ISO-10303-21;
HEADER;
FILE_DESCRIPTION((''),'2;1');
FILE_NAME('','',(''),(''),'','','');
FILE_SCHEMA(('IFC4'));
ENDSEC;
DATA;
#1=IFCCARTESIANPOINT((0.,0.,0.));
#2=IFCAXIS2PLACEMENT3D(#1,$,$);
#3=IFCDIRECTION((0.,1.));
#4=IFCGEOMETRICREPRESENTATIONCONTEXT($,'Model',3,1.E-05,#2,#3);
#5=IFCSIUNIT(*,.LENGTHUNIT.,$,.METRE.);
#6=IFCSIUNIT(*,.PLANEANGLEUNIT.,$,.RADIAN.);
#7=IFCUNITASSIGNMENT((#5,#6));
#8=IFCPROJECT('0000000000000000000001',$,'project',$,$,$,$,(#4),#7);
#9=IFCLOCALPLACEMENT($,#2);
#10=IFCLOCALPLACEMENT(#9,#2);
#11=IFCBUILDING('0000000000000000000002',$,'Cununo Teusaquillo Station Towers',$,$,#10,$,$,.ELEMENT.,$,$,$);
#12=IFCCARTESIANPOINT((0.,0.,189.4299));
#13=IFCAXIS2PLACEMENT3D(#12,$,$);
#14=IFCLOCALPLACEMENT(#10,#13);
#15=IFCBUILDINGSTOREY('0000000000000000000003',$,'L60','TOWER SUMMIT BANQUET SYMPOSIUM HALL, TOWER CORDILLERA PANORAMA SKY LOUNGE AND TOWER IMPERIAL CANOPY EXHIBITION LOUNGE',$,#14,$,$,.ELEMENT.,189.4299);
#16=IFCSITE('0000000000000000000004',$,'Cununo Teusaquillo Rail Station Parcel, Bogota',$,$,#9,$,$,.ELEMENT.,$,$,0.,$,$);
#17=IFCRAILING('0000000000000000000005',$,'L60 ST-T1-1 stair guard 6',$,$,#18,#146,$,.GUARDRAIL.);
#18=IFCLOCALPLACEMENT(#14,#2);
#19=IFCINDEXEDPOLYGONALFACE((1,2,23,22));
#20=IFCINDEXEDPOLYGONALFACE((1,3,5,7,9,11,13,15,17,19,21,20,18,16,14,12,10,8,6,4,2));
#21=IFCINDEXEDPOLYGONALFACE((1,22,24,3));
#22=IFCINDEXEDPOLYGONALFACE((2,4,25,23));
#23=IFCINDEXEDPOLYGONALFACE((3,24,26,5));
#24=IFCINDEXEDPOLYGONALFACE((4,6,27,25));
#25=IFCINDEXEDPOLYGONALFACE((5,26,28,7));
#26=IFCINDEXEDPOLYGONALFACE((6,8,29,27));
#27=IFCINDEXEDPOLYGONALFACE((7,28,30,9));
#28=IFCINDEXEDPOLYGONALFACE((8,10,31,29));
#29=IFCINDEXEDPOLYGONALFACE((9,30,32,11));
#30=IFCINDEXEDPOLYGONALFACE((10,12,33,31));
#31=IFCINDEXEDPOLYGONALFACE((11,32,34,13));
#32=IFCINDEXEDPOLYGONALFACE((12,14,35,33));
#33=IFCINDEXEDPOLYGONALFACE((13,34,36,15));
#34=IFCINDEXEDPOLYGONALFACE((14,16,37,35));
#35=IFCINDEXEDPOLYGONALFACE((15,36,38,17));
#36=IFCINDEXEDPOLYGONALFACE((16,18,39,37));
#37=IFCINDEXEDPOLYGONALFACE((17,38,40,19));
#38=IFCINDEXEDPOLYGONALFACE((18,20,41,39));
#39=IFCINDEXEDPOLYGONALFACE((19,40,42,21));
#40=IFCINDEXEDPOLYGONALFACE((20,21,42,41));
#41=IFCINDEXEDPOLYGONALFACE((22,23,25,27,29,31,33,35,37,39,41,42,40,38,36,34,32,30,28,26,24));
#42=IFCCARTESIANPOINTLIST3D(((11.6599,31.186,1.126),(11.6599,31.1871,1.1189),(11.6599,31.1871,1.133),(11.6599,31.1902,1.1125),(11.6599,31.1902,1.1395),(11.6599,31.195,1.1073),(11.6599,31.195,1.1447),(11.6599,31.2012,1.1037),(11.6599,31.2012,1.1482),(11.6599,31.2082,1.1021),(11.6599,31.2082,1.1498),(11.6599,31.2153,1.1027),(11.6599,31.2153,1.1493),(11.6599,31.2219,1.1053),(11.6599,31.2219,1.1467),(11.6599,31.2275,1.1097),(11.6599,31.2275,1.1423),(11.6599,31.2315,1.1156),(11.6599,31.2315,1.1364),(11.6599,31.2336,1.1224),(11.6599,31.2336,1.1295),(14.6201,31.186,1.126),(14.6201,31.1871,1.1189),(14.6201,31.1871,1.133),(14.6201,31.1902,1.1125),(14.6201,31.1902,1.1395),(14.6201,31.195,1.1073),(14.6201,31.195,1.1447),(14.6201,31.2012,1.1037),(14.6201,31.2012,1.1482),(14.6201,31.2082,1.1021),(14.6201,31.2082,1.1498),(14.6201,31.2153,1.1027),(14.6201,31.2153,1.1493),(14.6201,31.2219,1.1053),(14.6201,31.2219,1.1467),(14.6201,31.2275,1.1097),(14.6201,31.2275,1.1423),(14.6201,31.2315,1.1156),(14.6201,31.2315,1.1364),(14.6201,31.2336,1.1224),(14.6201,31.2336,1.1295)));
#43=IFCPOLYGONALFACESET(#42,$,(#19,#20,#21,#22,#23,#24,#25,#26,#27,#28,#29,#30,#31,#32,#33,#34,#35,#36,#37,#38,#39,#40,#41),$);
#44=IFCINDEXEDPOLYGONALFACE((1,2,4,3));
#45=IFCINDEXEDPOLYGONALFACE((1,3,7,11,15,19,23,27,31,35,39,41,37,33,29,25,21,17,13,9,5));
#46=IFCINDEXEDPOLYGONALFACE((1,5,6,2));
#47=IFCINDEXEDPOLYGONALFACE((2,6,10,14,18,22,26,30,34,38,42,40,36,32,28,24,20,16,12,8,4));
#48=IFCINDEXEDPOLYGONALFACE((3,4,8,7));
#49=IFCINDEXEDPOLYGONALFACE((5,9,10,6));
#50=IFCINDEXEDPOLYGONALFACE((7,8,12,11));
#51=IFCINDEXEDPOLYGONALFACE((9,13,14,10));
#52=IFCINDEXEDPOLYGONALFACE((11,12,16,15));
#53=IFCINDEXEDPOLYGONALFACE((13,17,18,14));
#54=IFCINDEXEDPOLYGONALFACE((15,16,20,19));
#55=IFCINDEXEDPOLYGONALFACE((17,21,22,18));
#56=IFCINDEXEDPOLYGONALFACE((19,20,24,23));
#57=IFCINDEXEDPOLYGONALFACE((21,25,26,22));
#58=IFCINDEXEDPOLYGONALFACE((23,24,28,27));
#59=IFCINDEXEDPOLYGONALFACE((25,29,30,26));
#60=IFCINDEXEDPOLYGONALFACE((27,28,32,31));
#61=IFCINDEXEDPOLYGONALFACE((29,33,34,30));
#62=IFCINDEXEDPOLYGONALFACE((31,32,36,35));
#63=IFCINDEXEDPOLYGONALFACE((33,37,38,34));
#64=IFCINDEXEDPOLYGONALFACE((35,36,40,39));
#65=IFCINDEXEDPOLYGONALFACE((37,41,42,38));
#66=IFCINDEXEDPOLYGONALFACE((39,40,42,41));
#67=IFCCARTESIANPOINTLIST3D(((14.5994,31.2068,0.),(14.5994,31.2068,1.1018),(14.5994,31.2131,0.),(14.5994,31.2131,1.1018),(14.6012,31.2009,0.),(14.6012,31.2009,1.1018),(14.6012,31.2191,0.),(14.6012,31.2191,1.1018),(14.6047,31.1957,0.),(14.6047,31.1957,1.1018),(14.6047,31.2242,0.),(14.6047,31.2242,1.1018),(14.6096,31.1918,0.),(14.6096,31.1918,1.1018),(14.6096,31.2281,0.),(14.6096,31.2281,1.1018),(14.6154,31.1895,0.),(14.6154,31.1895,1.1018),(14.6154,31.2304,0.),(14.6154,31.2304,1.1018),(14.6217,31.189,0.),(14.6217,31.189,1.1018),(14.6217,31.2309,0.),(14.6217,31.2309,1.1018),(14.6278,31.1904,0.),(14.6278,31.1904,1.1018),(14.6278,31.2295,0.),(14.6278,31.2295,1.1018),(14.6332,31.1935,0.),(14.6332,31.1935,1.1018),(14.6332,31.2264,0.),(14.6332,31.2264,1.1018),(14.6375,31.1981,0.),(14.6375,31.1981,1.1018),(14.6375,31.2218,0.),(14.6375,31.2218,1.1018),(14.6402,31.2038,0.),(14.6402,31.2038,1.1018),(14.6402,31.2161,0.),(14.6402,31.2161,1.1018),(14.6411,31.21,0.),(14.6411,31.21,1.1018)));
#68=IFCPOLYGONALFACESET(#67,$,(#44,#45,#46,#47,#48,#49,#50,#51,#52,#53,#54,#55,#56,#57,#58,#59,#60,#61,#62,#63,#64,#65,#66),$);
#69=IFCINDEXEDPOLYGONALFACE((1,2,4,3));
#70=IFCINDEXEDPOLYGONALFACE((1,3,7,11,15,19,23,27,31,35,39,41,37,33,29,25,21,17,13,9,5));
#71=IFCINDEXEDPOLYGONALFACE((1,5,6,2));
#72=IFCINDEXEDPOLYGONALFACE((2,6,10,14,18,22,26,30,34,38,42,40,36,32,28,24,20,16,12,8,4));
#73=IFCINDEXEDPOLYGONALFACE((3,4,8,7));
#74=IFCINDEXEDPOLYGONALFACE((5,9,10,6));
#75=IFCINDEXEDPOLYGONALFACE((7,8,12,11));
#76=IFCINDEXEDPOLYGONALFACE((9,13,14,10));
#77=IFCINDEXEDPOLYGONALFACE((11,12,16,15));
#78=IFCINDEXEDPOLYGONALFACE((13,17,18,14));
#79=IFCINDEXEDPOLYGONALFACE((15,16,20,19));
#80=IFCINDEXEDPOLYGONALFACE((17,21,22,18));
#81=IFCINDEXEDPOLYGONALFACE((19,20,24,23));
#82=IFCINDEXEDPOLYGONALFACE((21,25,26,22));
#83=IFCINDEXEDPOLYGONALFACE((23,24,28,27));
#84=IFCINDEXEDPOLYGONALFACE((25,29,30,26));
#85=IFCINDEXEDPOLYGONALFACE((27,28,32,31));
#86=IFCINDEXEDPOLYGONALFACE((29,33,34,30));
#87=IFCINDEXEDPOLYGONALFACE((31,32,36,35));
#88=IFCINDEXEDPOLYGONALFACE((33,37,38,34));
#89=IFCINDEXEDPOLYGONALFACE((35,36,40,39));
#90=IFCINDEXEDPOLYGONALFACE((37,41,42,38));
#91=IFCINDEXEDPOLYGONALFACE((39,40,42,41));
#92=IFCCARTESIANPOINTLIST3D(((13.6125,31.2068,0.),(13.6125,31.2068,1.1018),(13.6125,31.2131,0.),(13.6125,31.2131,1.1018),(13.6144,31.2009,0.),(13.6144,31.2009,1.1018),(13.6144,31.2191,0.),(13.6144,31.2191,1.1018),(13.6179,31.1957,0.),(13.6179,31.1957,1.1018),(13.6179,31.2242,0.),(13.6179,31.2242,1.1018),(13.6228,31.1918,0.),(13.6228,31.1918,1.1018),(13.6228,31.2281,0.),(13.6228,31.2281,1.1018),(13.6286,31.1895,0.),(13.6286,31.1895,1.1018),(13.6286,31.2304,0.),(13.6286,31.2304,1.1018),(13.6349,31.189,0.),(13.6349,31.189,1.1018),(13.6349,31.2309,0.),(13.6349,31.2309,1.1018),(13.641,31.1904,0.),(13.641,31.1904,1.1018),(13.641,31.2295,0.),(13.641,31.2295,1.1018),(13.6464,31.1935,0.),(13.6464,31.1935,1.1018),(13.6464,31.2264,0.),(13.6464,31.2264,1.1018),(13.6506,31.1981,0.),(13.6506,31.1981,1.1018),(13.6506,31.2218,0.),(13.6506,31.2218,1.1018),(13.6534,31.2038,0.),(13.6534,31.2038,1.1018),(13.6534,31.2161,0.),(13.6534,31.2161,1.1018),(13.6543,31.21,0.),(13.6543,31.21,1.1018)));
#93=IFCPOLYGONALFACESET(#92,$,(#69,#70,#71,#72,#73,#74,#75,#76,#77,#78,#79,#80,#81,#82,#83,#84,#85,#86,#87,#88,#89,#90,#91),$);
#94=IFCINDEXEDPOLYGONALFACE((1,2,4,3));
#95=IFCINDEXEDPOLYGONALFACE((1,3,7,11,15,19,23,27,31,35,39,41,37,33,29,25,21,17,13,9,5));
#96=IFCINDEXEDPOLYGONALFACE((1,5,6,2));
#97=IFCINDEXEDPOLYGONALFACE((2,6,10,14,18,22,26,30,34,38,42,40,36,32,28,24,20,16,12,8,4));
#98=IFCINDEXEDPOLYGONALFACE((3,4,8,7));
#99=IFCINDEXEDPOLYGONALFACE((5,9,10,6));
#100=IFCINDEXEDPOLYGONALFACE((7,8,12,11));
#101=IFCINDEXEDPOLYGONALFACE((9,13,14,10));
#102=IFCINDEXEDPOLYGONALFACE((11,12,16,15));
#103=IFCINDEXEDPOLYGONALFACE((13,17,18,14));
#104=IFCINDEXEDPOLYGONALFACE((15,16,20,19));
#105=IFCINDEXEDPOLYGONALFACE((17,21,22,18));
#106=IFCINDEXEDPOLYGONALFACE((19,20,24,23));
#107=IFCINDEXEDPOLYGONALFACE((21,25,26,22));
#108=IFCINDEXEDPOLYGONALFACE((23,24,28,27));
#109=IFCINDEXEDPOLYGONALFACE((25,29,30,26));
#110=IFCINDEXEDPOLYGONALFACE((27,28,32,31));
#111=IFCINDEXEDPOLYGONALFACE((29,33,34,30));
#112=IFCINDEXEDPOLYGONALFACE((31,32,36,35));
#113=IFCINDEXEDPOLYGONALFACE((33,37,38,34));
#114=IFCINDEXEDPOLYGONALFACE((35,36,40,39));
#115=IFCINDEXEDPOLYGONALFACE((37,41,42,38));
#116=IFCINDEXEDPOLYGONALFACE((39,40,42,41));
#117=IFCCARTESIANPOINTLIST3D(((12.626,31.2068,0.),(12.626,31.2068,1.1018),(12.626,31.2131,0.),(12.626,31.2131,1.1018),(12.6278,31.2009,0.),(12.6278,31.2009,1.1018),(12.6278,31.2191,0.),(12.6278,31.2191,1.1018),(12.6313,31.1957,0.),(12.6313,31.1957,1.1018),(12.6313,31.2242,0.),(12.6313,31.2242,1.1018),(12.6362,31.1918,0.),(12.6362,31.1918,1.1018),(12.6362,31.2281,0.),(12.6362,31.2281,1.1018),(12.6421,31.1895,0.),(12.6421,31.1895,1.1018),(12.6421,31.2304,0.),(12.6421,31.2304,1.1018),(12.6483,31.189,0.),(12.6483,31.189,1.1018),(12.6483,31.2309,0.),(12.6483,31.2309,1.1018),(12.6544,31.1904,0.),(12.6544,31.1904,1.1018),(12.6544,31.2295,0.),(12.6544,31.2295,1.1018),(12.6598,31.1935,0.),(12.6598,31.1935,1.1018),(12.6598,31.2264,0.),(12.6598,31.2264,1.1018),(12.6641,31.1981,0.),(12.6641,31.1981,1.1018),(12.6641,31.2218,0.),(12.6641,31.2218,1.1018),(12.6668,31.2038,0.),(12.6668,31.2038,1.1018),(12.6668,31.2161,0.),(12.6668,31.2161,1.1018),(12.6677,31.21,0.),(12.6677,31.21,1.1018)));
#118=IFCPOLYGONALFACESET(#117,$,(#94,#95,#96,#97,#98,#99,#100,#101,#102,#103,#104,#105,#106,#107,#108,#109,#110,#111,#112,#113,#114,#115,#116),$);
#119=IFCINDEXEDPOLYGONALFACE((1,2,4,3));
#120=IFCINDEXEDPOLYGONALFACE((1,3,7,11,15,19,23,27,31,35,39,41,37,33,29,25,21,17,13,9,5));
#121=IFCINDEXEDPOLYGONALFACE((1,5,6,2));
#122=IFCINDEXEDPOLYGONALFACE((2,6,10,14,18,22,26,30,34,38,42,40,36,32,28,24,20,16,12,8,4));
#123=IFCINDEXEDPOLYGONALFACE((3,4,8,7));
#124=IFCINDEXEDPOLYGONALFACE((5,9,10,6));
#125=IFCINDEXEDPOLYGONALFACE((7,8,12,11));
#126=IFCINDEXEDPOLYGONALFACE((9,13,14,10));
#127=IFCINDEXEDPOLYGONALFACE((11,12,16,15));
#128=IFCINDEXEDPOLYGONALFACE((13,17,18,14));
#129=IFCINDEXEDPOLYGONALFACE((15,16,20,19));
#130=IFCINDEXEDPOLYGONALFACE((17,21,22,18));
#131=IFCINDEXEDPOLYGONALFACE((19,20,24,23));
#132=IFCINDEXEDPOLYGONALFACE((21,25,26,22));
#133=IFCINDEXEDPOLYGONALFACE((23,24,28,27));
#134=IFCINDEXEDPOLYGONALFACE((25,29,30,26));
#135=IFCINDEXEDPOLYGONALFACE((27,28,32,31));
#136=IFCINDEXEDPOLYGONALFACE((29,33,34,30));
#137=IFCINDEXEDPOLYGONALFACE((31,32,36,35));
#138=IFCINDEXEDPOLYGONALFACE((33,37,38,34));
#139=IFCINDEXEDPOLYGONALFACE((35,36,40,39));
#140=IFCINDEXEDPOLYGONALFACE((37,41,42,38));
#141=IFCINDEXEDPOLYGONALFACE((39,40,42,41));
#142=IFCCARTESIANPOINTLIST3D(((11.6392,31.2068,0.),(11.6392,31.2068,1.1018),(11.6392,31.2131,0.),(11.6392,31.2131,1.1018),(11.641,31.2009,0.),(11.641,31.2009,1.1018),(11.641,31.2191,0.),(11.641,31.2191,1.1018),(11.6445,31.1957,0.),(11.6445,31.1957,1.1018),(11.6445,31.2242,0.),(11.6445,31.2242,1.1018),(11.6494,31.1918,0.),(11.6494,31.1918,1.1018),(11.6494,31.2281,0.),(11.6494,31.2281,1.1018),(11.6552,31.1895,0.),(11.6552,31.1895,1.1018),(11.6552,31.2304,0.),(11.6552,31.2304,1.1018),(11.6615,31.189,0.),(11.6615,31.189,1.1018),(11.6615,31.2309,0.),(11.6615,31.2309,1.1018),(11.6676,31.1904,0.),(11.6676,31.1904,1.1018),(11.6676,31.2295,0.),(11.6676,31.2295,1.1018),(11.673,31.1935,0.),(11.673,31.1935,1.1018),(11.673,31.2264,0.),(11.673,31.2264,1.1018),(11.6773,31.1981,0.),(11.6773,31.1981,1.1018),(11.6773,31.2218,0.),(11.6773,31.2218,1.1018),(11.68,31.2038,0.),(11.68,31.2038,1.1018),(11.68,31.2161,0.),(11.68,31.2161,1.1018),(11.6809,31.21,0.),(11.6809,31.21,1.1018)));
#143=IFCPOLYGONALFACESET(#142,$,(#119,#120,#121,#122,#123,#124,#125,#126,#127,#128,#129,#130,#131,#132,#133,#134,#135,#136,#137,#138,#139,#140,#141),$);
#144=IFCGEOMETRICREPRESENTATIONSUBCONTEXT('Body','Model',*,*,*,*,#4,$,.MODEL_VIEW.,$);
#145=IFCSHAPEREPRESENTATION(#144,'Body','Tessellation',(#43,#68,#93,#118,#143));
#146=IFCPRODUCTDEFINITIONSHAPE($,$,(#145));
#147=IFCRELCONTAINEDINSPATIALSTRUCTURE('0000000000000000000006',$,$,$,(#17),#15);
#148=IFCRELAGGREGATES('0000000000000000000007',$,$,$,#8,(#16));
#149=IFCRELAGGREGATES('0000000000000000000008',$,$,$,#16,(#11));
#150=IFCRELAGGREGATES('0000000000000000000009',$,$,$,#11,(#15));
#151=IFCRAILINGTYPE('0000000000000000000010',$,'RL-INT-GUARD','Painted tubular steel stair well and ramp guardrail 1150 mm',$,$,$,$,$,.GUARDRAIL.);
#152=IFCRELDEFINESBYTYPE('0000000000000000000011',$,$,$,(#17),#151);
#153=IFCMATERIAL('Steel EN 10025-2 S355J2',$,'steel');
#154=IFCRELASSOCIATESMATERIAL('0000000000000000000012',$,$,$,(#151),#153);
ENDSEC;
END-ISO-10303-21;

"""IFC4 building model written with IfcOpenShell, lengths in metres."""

from ifc_helpers import new_model, si_unit, direction, frame, origin, origin_2d, place, context, subcontext, project, spatial, circle, extrude, material, type_object, element, save


model = new_model("IFC4")

# Units and contexts
model_context = context("Model", 3, precision=1e-05, world=origin(), true_north=direction((0.0, 1.0)))
body_context = subcontext(model_context, "Body", "Model", "MODEL_VIEW")
ifc_project = project(units=[si_unit("LENGTHUNIT", "METRE"), si_unit("PLANEANGLEUNIT", "RADIAN")], contexts=[model_context])

# Site, building, storey
site_placement = place(None, origin())
site = spatial("IfcSite", under=ifc_project, at=site_placement, Name="Cununo Teusaquillo Rail Station Parcel, Bogota", CompositionType="ELEMENT", RefElevation=0.0)
building_placement = place(site_placement, origin())
building = spatial("IfcBuilding", under=site, at=building_placement, Name="Cununo Teusaquillo Station Towers", CompositionType="ELEMENT")
storey_placement = place(building_placement, frame((0.0, 0.0, 189.4299)))
storey = spatial("IfcBuildingStorey", under=building, at=storey_placement, Name="L60", Description="TOWER SUMMIT BANQUET SYMPOSIUM HALL, TOWER CORDILLERA PANORAMA SKY LOUNGE AND TOWER IMPERIAL CANOPY EXHIBITION LOUNGE", CompositionType="ELEMENT", Elevation=189.4299)

# Railing
ifc_material_1 = material(Name="Steel EN 10025-2 S355J2", Category="steel")
railing_type_1 = type_object("IfcRailingType", Name="RL-INT-GUARD", Description="Painted tubular steel stair well and ramp guardrail 1150 mm", PredefinedType="GUARDRAIL", material=ifc_material_1)
railing_1_placement = place(storey_placement, frame((14.6201, 31.21, 0.0)))
element("IfcRailing", 1, at=railing_1_placement, inside=storey, type_object=railing_type_1, Name="L60 ST-T1-1 stair guard 6", PredefinedType="GUARDRAIL", context=body_context, shape_type="SweptSolid", body=[
    extrude(circle(Radius=0.0239, at=origin_2d()), frame((0.0, 0.0, 1.126), z_axis=(-1.0, 0.0, 0.0), x_axis=(0.0, -1.0, 0.0)), (0.0, 0.0, 1.0), 2.9602),
    extrude(circle(Radius=0.021, at=origin_2d()), origin(), (0.0, 0.0, 1.0), 1.1018),
    extrude(circle(Radius=0.021, at=origin_2d()), frame((-0.9868, 0.0, 0.0)), (0.0, 0.0, 1.0), 1.1018),
    extrude(circle(Radius=0.021, at=origin_2d()), frame((-1.9734, 0.0, 0.0)), (0.0, 0.0, 1.0), 1.1018),
    extrude(circle(Radius=0.021, at=origin_2d()), frame((-2.9602, 0.0, 0.0)), (0.0, 0.0, 1.0), 1.1018),
])

save(model, "model.ifc")
